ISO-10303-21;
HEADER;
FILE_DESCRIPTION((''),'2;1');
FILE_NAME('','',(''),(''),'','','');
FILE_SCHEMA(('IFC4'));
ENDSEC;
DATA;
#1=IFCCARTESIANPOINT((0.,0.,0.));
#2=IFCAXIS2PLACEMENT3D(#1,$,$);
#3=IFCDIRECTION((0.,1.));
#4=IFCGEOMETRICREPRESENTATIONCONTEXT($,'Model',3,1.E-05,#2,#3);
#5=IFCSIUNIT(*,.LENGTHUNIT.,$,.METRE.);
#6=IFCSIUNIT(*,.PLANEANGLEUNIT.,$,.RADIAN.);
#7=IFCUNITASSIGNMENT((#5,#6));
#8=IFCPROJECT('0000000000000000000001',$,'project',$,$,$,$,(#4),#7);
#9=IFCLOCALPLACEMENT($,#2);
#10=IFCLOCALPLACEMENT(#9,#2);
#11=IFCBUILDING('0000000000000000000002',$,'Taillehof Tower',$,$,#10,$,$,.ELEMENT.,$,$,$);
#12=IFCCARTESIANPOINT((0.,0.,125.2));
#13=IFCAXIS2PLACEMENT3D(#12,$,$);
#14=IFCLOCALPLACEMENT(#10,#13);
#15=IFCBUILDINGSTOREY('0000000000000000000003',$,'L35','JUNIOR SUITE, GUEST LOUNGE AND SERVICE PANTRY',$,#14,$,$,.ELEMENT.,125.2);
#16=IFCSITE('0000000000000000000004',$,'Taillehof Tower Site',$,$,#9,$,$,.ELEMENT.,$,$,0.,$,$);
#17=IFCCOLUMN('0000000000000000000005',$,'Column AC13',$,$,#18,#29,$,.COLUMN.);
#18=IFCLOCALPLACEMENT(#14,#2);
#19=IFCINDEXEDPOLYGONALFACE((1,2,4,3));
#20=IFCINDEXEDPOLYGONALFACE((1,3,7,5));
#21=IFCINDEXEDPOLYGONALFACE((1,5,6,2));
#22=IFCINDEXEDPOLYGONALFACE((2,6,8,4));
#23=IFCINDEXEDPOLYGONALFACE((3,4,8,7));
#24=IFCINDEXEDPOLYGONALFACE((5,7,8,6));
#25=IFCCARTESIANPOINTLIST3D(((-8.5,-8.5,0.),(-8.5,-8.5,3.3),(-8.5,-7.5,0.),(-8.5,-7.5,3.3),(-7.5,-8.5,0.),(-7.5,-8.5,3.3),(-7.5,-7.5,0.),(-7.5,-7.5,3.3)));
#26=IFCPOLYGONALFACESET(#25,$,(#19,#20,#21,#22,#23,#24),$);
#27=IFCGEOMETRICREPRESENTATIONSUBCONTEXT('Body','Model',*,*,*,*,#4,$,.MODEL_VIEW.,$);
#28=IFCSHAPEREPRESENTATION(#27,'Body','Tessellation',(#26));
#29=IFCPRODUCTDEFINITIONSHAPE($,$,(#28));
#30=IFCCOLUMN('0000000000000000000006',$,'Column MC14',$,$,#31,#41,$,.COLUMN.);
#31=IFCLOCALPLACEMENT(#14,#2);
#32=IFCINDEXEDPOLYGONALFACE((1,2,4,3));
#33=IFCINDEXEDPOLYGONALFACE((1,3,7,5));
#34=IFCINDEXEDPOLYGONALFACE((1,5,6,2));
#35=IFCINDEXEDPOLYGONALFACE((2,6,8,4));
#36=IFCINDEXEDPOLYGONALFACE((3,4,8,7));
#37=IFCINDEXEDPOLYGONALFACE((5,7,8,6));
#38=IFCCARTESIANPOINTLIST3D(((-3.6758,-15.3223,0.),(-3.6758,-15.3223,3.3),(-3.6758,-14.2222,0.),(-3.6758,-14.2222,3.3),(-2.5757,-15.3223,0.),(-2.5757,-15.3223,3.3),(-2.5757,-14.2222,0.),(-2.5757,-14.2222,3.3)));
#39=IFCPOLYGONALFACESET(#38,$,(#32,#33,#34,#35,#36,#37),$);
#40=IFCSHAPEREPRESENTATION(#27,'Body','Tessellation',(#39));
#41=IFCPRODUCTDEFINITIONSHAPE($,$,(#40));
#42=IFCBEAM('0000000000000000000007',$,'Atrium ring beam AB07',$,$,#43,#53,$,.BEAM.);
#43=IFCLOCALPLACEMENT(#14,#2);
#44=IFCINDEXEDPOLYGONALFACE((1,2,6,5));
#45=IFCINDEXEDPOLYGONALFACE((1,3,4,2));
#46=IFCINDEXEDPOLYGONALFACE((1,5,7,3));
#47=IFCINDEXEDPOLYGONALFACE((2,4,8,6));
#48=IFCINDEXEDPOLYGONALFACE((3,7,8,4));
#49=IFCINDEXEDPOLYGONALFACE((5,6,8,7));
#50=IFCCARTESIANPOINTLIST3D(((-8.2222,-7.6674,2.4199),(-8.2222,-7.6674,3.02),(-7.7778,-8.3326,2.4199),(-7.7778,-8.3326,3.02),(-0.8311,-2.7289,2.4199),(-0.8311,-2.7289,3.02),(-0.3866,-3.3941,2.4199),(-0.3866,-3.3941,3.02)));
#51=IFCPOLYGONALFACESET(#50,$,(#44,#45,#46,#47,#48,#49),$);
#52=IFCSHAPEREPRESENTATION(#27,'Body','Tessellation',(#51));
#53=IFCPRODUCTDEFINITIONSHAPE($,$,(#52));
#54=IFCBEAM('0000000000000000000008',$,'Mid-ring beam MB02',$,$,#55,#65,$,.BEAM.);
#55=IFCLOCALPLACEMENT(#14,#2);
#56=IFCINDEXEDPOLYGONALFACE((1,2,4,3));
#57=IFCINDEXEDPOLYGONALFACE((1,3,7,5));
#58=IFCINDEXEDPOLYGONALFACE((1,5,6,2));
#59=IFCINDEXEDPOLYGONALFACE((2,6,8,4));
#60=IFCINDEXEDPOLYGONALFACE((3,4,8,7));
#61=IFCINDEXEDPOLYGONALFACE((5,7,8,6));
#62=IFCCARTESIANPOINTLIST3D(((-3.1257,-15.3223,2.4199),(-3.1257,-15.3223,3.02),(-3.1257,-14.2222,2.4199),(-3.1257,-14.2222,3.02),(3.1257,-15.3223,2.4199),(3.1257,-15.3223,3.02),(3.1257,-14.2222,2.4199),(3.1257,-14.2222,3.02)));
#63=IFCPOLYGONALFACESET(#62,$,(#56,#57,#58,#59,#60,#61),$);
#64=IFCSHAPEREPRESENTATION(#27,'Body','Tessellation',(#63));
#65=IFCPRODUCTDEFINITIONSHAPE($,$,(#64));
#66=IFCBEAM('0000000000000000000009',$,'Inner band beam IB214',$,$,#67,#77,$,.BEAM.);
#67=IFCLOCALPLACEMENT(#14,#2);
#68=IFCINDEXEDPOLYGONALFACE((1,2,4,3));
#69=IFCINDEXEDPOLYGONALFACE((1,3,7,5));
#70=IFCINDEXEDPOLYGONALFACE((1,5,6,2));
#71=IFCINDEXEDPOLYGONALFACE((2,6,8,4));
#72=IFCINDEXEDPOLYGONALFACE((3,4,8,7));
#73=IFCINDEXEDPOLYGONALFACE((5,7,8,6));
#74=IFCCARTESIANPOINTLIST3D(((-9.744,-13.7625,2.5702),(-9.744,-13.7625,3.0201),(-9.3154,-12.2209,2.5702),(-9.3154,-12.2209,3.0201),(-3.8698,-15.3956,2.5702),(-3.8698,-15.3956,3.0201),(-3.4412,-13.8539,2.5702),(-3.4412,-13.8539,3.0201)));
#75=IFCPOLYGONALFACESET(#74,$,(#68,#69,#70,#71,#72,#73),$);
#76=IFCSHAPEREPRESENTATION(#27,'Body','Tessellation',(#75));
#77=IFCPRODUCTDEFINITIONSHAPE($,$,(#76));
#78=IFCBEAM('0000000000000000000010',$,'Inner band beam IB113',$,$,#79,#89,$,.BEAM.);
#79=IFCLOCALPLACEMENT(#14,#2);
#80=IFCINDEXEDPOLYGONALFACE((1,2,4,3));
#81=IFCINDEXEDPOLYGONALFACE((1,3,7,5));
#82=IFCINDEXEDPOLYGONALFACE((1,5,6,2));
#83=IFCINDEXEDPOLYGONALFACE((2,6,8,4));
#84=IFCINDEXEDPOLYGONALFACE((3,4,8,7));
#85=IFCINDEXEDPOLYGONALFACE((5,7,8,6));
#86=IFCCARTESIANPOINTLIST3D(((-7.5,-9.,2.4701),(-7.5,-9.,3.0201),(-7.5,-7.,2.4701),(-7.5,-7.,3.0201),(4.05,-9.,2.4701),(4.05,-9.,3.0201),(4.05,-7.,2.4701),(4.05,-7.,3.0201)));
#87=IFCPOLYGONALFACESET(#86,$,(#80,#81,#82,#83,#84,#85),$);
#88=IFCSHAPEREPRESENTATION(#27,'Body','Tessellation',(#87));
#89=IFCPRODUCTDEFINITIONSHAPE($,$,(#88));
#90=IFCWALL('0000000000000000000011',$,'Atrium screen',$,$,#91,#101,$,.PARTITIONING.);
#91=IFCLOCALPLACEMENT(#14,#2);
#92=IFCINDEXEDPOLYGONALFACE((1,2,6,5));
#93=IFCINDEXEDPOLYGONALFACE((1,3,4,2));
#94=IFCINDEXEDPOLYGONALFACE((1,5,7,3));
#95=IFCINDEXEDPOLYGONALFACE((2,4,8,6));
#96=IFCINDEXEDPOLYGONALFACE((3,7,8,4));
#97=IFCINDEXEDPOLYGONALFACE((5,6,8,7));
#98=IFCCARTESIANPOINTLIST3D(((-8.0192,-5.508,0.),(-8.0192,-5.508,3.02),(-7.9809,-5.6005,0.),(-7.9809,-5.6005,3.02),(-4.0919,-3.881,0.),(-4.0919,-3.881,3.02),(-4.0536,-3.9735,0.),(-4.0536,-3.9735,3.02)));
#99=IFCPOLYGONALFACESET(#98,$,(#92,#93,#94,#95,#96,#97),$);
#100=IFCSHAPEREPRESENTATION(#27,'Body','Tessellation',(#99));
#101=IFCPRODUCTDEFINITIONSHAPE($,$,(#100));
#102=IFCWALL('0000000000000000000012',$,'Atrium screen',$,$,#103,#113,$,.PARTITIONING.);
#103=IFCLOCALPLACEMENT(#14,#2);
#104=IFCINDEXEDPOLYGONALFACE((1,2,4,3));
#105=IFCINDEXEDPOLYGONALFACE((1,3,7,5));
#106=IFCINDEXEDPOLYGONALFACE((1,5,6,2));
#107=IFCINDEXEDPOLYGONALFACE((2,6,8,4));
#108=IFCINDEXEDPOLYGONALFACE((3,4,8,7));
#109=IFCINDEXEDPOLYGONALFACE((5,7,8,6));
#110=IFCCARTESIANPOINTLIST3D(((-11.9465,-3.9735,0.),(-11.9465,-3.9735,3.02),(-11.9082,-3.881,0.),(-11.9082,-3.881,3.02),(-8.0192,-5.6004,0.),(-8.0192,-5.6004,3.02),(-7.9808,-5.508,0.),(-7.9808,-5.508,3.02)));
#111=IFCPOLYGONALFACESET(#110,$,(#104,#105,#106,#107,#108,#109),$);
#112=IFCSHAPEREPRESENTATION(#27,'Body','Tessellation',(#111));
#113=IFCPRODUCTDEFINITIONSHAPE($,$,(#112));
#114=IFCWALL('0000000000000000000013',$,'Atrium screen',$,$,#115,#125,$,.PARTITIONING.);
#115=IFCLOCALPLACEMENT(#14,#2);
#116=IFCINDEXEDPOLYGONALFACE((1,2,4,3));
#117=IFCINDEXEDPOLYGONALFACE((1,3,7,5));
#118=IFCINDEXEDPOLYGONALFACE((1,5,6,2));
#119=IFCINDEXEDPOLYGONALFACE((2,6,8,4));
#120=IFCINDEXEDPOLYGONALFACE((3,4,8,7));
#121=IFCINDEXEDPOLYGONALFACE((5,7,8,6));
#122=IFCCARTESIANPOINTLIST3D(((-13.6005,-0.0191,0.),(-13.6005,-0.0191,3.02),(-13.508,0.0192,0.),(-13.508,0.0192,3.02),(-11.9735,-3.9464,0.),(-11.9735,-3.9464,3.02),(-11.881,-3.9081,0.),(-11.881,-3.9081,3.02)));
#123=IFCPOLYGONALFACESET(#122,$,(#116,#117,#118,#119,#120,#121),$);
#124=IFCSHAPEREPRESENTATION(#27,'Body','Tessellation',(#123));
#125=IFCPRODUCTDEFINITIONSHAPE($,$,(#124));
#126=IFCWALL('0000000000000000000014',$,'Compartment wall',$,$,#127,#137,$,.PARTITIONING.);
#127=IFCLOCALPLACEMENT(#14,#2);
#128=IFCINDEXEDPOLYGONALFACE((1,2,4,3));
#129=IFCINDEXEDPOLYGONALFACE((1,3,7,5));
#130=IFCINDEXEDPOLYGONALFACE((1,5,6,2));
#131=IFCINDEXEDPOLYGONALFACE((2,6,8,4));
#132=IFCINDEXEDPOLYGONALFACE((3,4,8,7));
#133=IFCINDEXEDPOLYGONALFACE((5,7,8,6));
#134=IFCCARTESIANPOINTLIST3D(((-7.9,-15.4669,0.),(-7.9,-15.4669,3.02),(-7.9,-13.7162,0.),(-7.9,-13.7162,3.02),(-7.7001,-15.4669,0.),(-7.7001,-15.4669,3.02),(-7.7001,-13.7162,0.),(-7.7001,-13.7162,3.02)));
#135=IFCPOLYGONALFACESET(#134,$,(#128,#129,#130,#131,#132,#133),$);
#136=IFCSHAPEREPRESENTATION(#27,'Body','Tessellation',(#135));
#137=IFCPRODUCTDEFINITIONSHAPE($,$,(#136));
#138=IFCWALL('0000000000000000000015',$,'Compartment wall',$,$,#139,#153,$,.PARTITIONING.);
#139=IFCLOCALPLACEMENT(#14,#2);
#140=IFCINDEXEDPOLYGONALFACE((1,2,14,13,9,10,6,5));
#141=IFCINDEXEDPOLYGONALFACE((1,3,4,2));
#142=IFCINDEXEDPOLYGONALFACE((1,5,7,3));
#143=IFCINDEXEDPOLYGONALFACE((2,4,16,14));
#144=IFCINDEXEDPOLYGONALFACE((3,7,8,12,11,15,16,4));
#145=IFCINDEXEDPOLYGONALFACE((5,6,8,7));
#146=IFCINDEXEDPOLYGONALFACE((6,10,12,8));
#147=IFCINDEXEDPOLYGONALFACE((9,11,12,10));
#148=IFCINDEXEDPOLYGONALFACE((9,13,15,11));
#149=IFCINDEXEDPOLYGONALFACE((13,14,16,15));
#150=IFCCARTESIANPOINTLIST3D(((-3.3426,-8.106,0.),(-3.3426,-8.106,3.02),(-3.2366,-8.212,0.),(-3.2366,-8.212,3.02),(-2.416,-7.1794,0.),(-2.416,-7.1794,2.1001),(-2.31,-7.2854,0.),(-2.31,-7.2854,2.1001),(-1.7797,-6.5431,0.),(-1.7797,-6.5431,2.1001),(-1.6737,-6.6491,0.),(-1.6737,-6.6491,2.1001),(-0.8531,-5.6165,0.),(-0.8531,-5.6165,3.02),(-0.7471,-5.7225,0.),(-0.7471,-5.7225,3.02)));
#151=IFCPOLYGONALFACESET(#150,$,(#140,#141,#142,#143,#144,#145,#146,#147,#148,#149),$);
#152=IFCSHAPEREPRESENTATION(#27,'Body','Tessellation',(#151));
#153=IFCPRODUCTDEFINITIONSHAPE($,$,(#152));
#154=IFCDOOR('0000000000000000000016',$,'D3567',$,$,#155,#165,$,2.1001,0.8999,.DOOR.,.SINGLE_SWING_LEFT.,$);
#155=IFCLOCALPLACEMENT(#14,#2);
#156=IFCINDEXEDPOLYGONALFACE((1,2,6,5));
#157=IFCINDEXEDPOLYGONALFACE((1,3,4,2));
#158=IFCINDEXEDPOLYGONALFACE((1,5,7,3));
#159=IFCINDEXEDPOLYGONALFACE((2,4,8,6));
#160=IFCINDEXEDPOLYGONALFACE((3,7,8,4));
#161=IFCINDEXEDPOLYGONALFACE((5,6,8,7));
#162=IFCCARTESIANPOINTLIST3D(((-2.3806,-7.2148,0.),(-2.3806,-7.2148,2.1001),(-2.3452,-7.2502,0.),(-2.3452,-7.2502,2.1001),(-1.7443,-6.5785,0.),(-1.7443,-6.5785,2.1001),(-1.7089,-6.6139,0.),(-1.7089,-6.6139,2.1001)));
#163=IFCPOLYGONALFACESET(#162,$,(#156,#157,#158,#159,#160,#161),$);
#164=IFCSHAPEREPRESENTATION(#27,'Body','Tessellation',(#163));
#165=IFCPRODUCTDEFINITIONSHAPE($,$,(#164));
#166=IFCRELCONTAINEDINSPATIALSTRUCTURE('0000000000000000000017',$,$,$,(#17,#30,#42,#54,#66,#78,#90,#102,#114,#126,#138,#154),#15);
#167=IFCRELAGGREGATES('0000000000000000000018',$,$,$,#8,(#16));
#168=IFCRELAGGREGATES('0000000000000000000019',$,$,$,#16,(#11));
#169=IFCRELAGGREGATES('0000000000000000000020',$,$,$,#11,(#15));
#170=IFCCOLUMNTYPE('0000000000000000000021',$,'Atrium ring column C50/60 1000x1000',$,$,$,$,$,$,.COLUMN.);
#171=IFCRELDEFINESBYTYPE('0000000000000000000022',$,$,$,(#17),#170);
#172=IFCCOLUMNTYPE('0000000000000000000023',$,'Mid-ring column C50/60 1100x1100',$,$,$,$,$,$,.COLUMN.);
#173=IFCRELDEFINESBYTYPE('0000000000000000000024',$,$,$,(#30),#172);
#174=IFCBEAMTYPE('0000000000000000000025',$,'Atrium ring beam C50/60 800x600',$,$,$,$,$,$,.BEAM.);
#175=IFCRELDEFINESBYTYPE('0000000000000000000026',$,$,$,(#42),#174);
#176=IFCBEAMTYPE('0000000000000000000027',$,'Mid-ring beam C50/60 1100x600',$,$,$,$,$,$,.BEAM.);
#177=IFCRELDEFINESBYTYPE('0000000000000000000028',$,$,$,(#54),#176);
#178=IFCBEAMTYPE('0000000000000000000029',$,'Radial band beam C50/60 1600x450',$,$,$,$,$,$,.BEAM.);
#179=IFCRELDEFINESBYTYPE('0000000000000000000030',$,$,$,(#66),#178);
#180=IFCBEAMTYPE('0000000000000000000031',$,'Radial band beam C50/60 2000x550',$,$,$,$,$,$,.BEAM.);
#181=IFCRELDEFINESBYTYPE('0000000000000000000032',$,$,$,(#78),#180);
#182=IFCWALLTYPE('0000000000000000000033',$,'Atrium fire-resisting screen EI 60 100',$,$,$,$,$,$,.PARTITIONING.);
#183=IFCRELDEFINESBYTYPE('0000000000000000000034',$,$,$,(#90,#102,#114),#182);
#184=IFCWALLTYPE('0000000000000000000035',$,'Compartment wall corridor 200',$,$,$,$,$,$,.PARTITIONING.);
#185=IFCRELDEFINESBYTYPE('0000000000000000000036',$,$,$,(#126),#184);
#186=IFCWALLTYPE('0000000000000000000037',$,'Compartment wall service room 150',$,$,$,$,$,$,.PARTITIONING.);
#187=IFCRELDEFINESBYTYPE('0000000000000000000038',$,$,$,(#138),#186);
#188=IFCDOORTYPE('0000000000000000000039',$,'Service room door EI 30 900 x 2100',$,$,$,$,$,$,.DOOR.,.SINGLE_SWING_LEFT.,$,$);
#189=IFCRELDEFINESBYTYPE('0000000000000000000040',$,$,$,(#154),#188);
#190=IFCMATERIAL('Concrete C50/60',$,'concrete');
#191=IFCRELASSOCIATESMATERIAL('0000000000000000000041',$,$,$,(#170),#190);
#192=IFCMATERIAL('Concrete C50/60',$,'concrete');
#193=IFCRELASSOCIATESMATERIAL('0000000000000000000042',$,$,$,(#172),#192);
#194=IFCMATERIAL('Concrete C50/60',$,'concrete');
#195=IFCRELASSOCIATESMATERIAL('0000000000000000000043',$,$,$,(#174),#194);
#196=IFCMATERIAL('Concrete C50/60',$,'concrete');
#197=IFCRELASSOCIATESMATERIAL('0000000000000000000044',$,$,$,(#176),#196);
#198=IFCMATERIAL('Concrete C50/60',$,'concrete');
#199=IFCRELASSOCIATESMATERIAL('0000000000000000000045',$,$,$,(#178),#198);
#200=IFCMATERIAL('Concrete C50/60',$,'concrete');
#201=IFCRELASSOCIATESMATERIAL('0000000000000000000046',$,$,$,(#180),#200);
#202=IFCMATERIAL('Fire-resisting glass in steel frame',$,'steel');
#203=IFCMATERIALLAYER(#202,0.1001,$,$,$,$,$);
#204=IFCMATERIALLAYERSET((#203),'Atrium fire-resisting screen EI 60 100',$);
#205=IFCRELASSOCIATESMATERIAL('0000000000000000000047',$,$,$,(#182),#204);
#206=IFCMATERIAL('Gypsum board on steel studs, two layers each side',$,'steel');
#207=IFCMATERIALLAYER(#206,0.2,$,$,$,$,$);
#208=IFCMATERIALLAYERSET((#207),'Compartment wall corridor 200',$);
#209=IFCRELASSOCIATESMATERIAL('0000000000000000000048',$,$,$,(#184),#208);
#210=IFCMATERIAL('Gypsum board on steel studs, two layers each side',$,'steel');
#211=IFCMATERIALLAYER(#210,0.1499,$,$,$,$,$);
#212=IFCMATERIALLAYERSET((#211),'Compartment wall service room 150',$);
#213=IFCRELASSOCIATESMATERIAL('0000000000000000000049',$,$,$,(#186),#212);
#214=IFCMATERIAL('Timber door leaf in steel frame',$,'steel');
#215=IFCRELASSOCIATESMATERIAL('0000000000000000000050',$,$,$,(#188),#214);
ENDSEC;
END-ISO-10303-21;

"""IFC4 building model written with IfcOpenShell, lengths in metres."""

from ifc_helpers import new_model, si_unit, direction, frame, frame_2d, origin, origin_2d, place, context, subcontext, project, spatial, rectangle, extrude, material, layer, layer_set, material_profile, profile_set, type_object, element, fill, save


model = new_model("IFC4")

# Units and contexts
model_context = context("Model", 3, precision=1e-05, world=origin(), true_north=direction((0.0, 1.0)))
body_context = subcontext(model_context, "Body", "Model", "MODEL_VIEW")
ifc_project = project(units=[si_unit("LENGTHUNIT", "METRE"), si_unit("PLANEANGLEUNIT", "RADIAN")], contexts=[model_context])

# Site, building, storey
site_placement = place(None, origin())
site = spatial("IfcSite", under=ifc_project, at=site_placement, Name="Taillehof Tower Site", CompositionType="ELEMENT", RefElevation=0.0)
building_placement = place(site_placement, origin())
building = spatial("IfcBuilding", under=site, at=building_placement, Name="Taillehof Tower", CompositionType="ELEMENT")
storey_placement = place(building_placement, frame((0.0, 0.0, 125.2)))
storey = spatial("IfcBuildingStorey", under=building, at=storey_placement, Name="L35", Description="JUNIOR SUITE, GUEST LOUNGE AND SERVICE PANTRY", CompositionType="ELEMENT", Elevation=125.2)

# Columns
ifc_material_1 = material(Name="Concrete C50/60", Category="concrete")
ifc_material_profile_1 = material_profile(ifc_material_1, rectangle(XDim=1.0, YDim=1.0, at=origin_2d()), Name="RC 1000x1000")
ifc_profile_set_1 = profile_set([ifc_material_profile_1], Name="Concrete C50/60")
column_type_1 = type_object("IfcColumnType", Name="Atrium ring column C50/60 1000x1000", PredefinedType="COLUMN", material=ifc_profile_set_1)
column_1_placement = place(storey_placement, frame((-8.0, -8.0, 0.0), z_axis=(0.0, 0.0, 1.0), x_axis=(1.0, 0.0, 0.0)))
element("IfcColumn", 1, at=column_1_placement, inside=storey, type_object=column_type_1, Name="Column AC13", PredefinedType="COLUMN", context=body_context, shape_type="SweptSolid", body=[
    extrude(rectangle(XDim=1.0, YDim=1.0, at=origin_2d()), origin(), (0.0, 0.0, 1.0), 3.3),
])
ifc_material_2 = material(Name="Concrete C50/60", Category="concrete")
ifc_material_profile_2 = material_profile(ifc_material_2, rectangle(XDim=1.1001, YDim=1.1001, at=origin_2d()), Name="RC 1100x1100")
ifc_profile_set_2 = profile_set([ifc_material_profile_2], Name="Concrete C50/60")
column_type_2 = type_object("IfcColumnType", Name="Mid-ring column C50/60 1100x1100", PredefinedType="COLUMN", material=ifc_profile_set_2)
column_2_placement = place(storey_placement, frame((-3.1257, -14.7722, 0.0), z_axis=(0.0, 0.0, 1.0), x_axis=(1.0, 0.0, 0.0)))
element("IfcColumn", 2, at=column_2_placement, inside=storey, type_object=column_type_2, Name="Column MC14", PredefinedType="COLUMN", context=body_context, shape_type="SweptSolid", body=[
    extrude(rectangle(XDim=1.1001, YDim=1.1001, at=origin_2d()), origin(), (0.0, 0.0, 1.0), 3.3),
])

# Beams
ifc_material_3 = material(Name="Concrete C50/60", Category="concrete")
ifc_material_profile_3 = material_profile(ifc_material_3, rectangle(XDim=0.8, YDim=0.6001, at=origin_2d()), Name="RC 800x600")
ifc_profile_set_3 = profile_set([ifc_material_profile_3], Name="Concrete C50/60")
beam_type_1 = type_object("IfcBeamType", Name="Atrium ring beam C50/60 800x600", PredefinedType="BEAM", material=ifc_profile_set_3)
beam_1_placement = place(storey_placement, frame((-8.0, -8.0, 2.72), z_axis=(0.831475, 0.555562, 0.0), x_axis=(-0.555562, 0.831475, 0.0)))
element("IfcBeam", 3, at=beam_1_placement, inside=storey, type_object=beam_type_1, Name="Atrium ring beam AB07", PredefinedType="BEAM", context=body_context, shape_type="SweptSolid", body=[
    extrude(rectangle(XDim=0.8, YDim=0.6001, at=origin_2d()), origin(), (0.0, 0.0, 1.0), 8.8892),
])
ifc_material_4 = material(Name="Concrete C50/60", Category="concrete")
ifc_material_profile_4 = material_profile(ifc_material_4, rectangle(XDim=1.1001, YDim=0.6001, at=origin_2d()), Name="RC 1100x600")
ifc_profile_set_4 = profile_set([ifc_material_profile_4], Name="Concrete C50/60")
beam_type_2 = type_object("IfcBeamType", Name="Mid-ring beam C50/60 1100x600", PredefinedType="BEAM", material=ifc_profile_set_4)
beam_2_placement = place(storey_placement, frame((-3.1257, -14.7722, 2.72), z_axis=(1.0, 0.0, 0.0), x_axis=(0.0, 1.0, 0.0)))
element("IfcBeam", 4, at=beam_2_placement, inside=storey, type_object=beam_type_2, Name="Mid-ring beam MB02", PredefinedType="BEAM", context=body_context, shape_type="SweptSolid", body=[
    extrude(rectangle(XDim=1.1001, YDim=0.6001, at=origin_2d()), origin(), (0.0, 0.0, 1.0), 6.2515),
])
ifc_material_5 = material(Name="Concrete C50/60", Category="concrete")
ifc_material_profile_5 = material_profile(ifc_material_5, rectangle(XDim=1.6001, YDim=0.45, at=origin_2d()), Name="RC 1600x450")
ifc_profile_set_5 = profile_set([ifc_material_profile_5], Name="Concrete C50/60")
beam_type_3 = type_object("IfcBeamType", Name="Radial band beam C50/60 1600x450", PredefinedType="BEAM", material=ifc_profile_set_5)
beam_3_placement = place(storey_placement, frame((-3.6555, -14.6248, 2.7952), z_axis=(-0.963459, 0.267855, 0.0), x_axis=(-0.267855, -0.963459, 0.0)))
element("IfcBeam", 5, at=beam_3_placement, inside=storey, type_object=beam_type_3, Name="Inner band beam IB214", PredefinedType="BEAM", context=body_context, shape_type="SweptSolid", body=[
    extrude(rectangle(XDim=1.6001, YDim=0.45, at=origin_2d()), origin(), (0.0, 0.0, 1.0), 6.0969),
])
ifc_material_6 = material(Name="Concrete C50/60", Category="concrete")
ifc_material_profile_6 = material_profile(ifc_material_6, rectangle(XDim=2.0, YDim=0.55, at=origin_2d()), Name="RC 2000x550")
ifc_profile_set_6 = profile_set([ifc_material_profile_6], Name="Concrete C50/60")
beam_type_4 = type_object("IfcBeamType", Name="Radial band beam C50/60 2000x550", PredefinedType="BEAM", material=ifc_profile_set_6)
beam_4_placement = place(storey_placement, frame((-7.5, -8.0, 2.7451), z_axis=(1.0, 0.0, 0.0), x_axis=(0.0, 1.0, 0.0)))
element("IfcBeam", 6, at=beam_4_placement, inside=storey, type_object=beam_type_4, Name="Inner band beam IB113", PredefinedType="BEAM", context=body_context, shape_type="SweptSolid", body=[
    extrude(rectangle(XDim=2.0, YDim=0.55, at=origin_2d()), origin(), (0.0, 0.0, 1.0), 11.55),
])

# Walls
ifc_material_7 = material(Name="Fire-resisting glass in steel frame", Category="steel")
ifc_layer_1 = layer(ifc_material_7, 0.1001)
ifc_layer_set_1 = layer_set([ifc_layer_1], Name="Atrium fire-resisting screen EI 60 100")
wall_type_1 = type_object("IfcWallType", Name="Atrium fire-resisting screen EI 60 100", PredefinedType="PARTITIONING", material=ifc_layer_set_1)
for number, where, z_axis, x_axis, name in (
    (7, (-4.0728, -3.9272, 0.0), (0.0, 0.0, 1.0), (-0.92386, -0.382731, 0.0), "Atrium screen"),
    (8, (-8.0, -5.5542, 0.0), (0.0, 0.0, 1.0), (-0.92386, 0.382731, 0.0), "Atrium screen"),
    (9, (-11.9272, -3.9272, 0.0), (0.0, 0.0, 1.0), (-0.382731, 0.92386, 0.0), "Atrium screen"),
):
    element("IfcWall", number, at=place(storey_placement, frame(where, z_axis=z_axis, x_axis=x_axis)), inside=storey, type_object=wall_type_1, Name=name, PredefinedType="PARTITIONING", context=body_context, shape_type="SweptSolid", body=[
        extrude(rectangle(XDim=4.251, YDim=0.1001, at=frame_2d((2.1255, 0.0))), origin(), (0.0, 0.0, 1.0), 3.02),
    ])
ifc_material_8 = material(Name="Gypsum board on steel studs, two layers each side", Category="steel")
ifc_layer_2 = layer(ifc_material_8, 0.2)
ifc_layer_set_2 = layer_set([ifc_layer_2], Name="Compartment wall corridor 200")
wall_type_2 = type_object("IfcWallType", Name="Compartment wall corridor 200", PredefinedType="PARTITIONING", material=ifc_layer_set_2)
wall_1_placement = place(storey_placement, frame((-7.8, -13.7161, 0.0), z_axis=(0.0, 0.0, 1.0), x_axis=(0.0, -1.0, 0.0)))
element("IfcWall", 10, at=wall_1_placement, inside=storey, type_object=wall_type_2, Name="Compartment wall", PredefinedType="PARTITIONING", context=body_context, shape_type="SweptSolid", body=[
    extrude(rectangle(XDim=1.7507, YDim=0.2, at=frame_2d((0.8755, 0.0))), origin(), (0.0, 0.0, 1.0), 3.02),
])

# Wall, opening, door
ifc_material_9 = material(Name="Gypsum board on steel studs, two layers each side", Category="steel")
ifc_layer_3 = layer(ifc_material_9, 0.1499)
ifc_layer_set_3 = layer_set([ifc_layer_3], Name="Compartment wall service room 150")
wall_type_3 = type_object("IfcWallType", Name="Compartment wall service room 150", PredefinedType="PARTITIONING", material=ifc_layer_set_3)
wall_2_placement = place(storey_placement, frame((-3.2896, -8.1589, 0.0), z_axis=(0.0, 0.0, 1.0), x_axis=(0.707107, 0.707107, 0.0)))
wall_2 = element("IfcWall", 11, at=wall_2_placement, inside=storey, type_object=wall_type_3, Name="Compartment wall", PredefinedType="PARTITIONING", context=body_context, shape_type="SweptSolid", body=[
    extrude(rectangle(XDim=3.5208, YDim=0.1499, at=frame_2d((1.7603, 0.0))), origin(), (0.0, 0.0, 1.0), 3.02),
])
opening_1_placement = place(wall_2_placement, frame((1.3103, 0.0, 0.0)))
opening_1 = element("IfcOpeningElement", 12, at=opening_1_placement, cuts=wall_2, PredefinedType="OPENING", context=body_context, shape_type="SweptSolid", body=[
    extrude(rectangle(XDim=0.8999, YDim=2.1001, at=frame_2d((0.45, 1.05))), frame((0.0, 0.085, 0.0), z_axis=(0.0, -1.0, 0.0), x_axis=(1.0, 0.0, 0.0)), (0.0, 0.0, 1.0), 0.1699),
])
ifc_material_10 = material(Name="Timber door leaf in steel frame", Category="steel")
door_type_1 = type_object("IfcDoorType", Name="Service room door EI 30 900 x 2100", OperationType="SINGLE_SWING_LEFT", PredefinedType="DOOR", material=ifc_material_10)
door_1_placement = place(opening_1_placement, origin())
door_1 = element("IfcDoor", 13, at=door_1_placement, inside=storey, type_object=door_type_1, Name="D3567", OperationType="SINGLE_SWING_LEFT", OverallHeight=2.1001, OverallWidth=0.8999, PredefinedType="DOOR", context=body_context, shape_type="SweptSolid", body=[
    extrude(rectangle(XDim=0.8999, YDim=2.1001, at=frame_2d((0.45, 1.05))), frame((0.0, 0.0249, 0.0), z_axis=(0.0, -1.0, 0.0), x_axis=(1.0, 0.0, 0.0)), (0.0, 0.0, 1.0), 0.05),
])
fill(opening_1, door_1)

save(model, "model.ifc")
